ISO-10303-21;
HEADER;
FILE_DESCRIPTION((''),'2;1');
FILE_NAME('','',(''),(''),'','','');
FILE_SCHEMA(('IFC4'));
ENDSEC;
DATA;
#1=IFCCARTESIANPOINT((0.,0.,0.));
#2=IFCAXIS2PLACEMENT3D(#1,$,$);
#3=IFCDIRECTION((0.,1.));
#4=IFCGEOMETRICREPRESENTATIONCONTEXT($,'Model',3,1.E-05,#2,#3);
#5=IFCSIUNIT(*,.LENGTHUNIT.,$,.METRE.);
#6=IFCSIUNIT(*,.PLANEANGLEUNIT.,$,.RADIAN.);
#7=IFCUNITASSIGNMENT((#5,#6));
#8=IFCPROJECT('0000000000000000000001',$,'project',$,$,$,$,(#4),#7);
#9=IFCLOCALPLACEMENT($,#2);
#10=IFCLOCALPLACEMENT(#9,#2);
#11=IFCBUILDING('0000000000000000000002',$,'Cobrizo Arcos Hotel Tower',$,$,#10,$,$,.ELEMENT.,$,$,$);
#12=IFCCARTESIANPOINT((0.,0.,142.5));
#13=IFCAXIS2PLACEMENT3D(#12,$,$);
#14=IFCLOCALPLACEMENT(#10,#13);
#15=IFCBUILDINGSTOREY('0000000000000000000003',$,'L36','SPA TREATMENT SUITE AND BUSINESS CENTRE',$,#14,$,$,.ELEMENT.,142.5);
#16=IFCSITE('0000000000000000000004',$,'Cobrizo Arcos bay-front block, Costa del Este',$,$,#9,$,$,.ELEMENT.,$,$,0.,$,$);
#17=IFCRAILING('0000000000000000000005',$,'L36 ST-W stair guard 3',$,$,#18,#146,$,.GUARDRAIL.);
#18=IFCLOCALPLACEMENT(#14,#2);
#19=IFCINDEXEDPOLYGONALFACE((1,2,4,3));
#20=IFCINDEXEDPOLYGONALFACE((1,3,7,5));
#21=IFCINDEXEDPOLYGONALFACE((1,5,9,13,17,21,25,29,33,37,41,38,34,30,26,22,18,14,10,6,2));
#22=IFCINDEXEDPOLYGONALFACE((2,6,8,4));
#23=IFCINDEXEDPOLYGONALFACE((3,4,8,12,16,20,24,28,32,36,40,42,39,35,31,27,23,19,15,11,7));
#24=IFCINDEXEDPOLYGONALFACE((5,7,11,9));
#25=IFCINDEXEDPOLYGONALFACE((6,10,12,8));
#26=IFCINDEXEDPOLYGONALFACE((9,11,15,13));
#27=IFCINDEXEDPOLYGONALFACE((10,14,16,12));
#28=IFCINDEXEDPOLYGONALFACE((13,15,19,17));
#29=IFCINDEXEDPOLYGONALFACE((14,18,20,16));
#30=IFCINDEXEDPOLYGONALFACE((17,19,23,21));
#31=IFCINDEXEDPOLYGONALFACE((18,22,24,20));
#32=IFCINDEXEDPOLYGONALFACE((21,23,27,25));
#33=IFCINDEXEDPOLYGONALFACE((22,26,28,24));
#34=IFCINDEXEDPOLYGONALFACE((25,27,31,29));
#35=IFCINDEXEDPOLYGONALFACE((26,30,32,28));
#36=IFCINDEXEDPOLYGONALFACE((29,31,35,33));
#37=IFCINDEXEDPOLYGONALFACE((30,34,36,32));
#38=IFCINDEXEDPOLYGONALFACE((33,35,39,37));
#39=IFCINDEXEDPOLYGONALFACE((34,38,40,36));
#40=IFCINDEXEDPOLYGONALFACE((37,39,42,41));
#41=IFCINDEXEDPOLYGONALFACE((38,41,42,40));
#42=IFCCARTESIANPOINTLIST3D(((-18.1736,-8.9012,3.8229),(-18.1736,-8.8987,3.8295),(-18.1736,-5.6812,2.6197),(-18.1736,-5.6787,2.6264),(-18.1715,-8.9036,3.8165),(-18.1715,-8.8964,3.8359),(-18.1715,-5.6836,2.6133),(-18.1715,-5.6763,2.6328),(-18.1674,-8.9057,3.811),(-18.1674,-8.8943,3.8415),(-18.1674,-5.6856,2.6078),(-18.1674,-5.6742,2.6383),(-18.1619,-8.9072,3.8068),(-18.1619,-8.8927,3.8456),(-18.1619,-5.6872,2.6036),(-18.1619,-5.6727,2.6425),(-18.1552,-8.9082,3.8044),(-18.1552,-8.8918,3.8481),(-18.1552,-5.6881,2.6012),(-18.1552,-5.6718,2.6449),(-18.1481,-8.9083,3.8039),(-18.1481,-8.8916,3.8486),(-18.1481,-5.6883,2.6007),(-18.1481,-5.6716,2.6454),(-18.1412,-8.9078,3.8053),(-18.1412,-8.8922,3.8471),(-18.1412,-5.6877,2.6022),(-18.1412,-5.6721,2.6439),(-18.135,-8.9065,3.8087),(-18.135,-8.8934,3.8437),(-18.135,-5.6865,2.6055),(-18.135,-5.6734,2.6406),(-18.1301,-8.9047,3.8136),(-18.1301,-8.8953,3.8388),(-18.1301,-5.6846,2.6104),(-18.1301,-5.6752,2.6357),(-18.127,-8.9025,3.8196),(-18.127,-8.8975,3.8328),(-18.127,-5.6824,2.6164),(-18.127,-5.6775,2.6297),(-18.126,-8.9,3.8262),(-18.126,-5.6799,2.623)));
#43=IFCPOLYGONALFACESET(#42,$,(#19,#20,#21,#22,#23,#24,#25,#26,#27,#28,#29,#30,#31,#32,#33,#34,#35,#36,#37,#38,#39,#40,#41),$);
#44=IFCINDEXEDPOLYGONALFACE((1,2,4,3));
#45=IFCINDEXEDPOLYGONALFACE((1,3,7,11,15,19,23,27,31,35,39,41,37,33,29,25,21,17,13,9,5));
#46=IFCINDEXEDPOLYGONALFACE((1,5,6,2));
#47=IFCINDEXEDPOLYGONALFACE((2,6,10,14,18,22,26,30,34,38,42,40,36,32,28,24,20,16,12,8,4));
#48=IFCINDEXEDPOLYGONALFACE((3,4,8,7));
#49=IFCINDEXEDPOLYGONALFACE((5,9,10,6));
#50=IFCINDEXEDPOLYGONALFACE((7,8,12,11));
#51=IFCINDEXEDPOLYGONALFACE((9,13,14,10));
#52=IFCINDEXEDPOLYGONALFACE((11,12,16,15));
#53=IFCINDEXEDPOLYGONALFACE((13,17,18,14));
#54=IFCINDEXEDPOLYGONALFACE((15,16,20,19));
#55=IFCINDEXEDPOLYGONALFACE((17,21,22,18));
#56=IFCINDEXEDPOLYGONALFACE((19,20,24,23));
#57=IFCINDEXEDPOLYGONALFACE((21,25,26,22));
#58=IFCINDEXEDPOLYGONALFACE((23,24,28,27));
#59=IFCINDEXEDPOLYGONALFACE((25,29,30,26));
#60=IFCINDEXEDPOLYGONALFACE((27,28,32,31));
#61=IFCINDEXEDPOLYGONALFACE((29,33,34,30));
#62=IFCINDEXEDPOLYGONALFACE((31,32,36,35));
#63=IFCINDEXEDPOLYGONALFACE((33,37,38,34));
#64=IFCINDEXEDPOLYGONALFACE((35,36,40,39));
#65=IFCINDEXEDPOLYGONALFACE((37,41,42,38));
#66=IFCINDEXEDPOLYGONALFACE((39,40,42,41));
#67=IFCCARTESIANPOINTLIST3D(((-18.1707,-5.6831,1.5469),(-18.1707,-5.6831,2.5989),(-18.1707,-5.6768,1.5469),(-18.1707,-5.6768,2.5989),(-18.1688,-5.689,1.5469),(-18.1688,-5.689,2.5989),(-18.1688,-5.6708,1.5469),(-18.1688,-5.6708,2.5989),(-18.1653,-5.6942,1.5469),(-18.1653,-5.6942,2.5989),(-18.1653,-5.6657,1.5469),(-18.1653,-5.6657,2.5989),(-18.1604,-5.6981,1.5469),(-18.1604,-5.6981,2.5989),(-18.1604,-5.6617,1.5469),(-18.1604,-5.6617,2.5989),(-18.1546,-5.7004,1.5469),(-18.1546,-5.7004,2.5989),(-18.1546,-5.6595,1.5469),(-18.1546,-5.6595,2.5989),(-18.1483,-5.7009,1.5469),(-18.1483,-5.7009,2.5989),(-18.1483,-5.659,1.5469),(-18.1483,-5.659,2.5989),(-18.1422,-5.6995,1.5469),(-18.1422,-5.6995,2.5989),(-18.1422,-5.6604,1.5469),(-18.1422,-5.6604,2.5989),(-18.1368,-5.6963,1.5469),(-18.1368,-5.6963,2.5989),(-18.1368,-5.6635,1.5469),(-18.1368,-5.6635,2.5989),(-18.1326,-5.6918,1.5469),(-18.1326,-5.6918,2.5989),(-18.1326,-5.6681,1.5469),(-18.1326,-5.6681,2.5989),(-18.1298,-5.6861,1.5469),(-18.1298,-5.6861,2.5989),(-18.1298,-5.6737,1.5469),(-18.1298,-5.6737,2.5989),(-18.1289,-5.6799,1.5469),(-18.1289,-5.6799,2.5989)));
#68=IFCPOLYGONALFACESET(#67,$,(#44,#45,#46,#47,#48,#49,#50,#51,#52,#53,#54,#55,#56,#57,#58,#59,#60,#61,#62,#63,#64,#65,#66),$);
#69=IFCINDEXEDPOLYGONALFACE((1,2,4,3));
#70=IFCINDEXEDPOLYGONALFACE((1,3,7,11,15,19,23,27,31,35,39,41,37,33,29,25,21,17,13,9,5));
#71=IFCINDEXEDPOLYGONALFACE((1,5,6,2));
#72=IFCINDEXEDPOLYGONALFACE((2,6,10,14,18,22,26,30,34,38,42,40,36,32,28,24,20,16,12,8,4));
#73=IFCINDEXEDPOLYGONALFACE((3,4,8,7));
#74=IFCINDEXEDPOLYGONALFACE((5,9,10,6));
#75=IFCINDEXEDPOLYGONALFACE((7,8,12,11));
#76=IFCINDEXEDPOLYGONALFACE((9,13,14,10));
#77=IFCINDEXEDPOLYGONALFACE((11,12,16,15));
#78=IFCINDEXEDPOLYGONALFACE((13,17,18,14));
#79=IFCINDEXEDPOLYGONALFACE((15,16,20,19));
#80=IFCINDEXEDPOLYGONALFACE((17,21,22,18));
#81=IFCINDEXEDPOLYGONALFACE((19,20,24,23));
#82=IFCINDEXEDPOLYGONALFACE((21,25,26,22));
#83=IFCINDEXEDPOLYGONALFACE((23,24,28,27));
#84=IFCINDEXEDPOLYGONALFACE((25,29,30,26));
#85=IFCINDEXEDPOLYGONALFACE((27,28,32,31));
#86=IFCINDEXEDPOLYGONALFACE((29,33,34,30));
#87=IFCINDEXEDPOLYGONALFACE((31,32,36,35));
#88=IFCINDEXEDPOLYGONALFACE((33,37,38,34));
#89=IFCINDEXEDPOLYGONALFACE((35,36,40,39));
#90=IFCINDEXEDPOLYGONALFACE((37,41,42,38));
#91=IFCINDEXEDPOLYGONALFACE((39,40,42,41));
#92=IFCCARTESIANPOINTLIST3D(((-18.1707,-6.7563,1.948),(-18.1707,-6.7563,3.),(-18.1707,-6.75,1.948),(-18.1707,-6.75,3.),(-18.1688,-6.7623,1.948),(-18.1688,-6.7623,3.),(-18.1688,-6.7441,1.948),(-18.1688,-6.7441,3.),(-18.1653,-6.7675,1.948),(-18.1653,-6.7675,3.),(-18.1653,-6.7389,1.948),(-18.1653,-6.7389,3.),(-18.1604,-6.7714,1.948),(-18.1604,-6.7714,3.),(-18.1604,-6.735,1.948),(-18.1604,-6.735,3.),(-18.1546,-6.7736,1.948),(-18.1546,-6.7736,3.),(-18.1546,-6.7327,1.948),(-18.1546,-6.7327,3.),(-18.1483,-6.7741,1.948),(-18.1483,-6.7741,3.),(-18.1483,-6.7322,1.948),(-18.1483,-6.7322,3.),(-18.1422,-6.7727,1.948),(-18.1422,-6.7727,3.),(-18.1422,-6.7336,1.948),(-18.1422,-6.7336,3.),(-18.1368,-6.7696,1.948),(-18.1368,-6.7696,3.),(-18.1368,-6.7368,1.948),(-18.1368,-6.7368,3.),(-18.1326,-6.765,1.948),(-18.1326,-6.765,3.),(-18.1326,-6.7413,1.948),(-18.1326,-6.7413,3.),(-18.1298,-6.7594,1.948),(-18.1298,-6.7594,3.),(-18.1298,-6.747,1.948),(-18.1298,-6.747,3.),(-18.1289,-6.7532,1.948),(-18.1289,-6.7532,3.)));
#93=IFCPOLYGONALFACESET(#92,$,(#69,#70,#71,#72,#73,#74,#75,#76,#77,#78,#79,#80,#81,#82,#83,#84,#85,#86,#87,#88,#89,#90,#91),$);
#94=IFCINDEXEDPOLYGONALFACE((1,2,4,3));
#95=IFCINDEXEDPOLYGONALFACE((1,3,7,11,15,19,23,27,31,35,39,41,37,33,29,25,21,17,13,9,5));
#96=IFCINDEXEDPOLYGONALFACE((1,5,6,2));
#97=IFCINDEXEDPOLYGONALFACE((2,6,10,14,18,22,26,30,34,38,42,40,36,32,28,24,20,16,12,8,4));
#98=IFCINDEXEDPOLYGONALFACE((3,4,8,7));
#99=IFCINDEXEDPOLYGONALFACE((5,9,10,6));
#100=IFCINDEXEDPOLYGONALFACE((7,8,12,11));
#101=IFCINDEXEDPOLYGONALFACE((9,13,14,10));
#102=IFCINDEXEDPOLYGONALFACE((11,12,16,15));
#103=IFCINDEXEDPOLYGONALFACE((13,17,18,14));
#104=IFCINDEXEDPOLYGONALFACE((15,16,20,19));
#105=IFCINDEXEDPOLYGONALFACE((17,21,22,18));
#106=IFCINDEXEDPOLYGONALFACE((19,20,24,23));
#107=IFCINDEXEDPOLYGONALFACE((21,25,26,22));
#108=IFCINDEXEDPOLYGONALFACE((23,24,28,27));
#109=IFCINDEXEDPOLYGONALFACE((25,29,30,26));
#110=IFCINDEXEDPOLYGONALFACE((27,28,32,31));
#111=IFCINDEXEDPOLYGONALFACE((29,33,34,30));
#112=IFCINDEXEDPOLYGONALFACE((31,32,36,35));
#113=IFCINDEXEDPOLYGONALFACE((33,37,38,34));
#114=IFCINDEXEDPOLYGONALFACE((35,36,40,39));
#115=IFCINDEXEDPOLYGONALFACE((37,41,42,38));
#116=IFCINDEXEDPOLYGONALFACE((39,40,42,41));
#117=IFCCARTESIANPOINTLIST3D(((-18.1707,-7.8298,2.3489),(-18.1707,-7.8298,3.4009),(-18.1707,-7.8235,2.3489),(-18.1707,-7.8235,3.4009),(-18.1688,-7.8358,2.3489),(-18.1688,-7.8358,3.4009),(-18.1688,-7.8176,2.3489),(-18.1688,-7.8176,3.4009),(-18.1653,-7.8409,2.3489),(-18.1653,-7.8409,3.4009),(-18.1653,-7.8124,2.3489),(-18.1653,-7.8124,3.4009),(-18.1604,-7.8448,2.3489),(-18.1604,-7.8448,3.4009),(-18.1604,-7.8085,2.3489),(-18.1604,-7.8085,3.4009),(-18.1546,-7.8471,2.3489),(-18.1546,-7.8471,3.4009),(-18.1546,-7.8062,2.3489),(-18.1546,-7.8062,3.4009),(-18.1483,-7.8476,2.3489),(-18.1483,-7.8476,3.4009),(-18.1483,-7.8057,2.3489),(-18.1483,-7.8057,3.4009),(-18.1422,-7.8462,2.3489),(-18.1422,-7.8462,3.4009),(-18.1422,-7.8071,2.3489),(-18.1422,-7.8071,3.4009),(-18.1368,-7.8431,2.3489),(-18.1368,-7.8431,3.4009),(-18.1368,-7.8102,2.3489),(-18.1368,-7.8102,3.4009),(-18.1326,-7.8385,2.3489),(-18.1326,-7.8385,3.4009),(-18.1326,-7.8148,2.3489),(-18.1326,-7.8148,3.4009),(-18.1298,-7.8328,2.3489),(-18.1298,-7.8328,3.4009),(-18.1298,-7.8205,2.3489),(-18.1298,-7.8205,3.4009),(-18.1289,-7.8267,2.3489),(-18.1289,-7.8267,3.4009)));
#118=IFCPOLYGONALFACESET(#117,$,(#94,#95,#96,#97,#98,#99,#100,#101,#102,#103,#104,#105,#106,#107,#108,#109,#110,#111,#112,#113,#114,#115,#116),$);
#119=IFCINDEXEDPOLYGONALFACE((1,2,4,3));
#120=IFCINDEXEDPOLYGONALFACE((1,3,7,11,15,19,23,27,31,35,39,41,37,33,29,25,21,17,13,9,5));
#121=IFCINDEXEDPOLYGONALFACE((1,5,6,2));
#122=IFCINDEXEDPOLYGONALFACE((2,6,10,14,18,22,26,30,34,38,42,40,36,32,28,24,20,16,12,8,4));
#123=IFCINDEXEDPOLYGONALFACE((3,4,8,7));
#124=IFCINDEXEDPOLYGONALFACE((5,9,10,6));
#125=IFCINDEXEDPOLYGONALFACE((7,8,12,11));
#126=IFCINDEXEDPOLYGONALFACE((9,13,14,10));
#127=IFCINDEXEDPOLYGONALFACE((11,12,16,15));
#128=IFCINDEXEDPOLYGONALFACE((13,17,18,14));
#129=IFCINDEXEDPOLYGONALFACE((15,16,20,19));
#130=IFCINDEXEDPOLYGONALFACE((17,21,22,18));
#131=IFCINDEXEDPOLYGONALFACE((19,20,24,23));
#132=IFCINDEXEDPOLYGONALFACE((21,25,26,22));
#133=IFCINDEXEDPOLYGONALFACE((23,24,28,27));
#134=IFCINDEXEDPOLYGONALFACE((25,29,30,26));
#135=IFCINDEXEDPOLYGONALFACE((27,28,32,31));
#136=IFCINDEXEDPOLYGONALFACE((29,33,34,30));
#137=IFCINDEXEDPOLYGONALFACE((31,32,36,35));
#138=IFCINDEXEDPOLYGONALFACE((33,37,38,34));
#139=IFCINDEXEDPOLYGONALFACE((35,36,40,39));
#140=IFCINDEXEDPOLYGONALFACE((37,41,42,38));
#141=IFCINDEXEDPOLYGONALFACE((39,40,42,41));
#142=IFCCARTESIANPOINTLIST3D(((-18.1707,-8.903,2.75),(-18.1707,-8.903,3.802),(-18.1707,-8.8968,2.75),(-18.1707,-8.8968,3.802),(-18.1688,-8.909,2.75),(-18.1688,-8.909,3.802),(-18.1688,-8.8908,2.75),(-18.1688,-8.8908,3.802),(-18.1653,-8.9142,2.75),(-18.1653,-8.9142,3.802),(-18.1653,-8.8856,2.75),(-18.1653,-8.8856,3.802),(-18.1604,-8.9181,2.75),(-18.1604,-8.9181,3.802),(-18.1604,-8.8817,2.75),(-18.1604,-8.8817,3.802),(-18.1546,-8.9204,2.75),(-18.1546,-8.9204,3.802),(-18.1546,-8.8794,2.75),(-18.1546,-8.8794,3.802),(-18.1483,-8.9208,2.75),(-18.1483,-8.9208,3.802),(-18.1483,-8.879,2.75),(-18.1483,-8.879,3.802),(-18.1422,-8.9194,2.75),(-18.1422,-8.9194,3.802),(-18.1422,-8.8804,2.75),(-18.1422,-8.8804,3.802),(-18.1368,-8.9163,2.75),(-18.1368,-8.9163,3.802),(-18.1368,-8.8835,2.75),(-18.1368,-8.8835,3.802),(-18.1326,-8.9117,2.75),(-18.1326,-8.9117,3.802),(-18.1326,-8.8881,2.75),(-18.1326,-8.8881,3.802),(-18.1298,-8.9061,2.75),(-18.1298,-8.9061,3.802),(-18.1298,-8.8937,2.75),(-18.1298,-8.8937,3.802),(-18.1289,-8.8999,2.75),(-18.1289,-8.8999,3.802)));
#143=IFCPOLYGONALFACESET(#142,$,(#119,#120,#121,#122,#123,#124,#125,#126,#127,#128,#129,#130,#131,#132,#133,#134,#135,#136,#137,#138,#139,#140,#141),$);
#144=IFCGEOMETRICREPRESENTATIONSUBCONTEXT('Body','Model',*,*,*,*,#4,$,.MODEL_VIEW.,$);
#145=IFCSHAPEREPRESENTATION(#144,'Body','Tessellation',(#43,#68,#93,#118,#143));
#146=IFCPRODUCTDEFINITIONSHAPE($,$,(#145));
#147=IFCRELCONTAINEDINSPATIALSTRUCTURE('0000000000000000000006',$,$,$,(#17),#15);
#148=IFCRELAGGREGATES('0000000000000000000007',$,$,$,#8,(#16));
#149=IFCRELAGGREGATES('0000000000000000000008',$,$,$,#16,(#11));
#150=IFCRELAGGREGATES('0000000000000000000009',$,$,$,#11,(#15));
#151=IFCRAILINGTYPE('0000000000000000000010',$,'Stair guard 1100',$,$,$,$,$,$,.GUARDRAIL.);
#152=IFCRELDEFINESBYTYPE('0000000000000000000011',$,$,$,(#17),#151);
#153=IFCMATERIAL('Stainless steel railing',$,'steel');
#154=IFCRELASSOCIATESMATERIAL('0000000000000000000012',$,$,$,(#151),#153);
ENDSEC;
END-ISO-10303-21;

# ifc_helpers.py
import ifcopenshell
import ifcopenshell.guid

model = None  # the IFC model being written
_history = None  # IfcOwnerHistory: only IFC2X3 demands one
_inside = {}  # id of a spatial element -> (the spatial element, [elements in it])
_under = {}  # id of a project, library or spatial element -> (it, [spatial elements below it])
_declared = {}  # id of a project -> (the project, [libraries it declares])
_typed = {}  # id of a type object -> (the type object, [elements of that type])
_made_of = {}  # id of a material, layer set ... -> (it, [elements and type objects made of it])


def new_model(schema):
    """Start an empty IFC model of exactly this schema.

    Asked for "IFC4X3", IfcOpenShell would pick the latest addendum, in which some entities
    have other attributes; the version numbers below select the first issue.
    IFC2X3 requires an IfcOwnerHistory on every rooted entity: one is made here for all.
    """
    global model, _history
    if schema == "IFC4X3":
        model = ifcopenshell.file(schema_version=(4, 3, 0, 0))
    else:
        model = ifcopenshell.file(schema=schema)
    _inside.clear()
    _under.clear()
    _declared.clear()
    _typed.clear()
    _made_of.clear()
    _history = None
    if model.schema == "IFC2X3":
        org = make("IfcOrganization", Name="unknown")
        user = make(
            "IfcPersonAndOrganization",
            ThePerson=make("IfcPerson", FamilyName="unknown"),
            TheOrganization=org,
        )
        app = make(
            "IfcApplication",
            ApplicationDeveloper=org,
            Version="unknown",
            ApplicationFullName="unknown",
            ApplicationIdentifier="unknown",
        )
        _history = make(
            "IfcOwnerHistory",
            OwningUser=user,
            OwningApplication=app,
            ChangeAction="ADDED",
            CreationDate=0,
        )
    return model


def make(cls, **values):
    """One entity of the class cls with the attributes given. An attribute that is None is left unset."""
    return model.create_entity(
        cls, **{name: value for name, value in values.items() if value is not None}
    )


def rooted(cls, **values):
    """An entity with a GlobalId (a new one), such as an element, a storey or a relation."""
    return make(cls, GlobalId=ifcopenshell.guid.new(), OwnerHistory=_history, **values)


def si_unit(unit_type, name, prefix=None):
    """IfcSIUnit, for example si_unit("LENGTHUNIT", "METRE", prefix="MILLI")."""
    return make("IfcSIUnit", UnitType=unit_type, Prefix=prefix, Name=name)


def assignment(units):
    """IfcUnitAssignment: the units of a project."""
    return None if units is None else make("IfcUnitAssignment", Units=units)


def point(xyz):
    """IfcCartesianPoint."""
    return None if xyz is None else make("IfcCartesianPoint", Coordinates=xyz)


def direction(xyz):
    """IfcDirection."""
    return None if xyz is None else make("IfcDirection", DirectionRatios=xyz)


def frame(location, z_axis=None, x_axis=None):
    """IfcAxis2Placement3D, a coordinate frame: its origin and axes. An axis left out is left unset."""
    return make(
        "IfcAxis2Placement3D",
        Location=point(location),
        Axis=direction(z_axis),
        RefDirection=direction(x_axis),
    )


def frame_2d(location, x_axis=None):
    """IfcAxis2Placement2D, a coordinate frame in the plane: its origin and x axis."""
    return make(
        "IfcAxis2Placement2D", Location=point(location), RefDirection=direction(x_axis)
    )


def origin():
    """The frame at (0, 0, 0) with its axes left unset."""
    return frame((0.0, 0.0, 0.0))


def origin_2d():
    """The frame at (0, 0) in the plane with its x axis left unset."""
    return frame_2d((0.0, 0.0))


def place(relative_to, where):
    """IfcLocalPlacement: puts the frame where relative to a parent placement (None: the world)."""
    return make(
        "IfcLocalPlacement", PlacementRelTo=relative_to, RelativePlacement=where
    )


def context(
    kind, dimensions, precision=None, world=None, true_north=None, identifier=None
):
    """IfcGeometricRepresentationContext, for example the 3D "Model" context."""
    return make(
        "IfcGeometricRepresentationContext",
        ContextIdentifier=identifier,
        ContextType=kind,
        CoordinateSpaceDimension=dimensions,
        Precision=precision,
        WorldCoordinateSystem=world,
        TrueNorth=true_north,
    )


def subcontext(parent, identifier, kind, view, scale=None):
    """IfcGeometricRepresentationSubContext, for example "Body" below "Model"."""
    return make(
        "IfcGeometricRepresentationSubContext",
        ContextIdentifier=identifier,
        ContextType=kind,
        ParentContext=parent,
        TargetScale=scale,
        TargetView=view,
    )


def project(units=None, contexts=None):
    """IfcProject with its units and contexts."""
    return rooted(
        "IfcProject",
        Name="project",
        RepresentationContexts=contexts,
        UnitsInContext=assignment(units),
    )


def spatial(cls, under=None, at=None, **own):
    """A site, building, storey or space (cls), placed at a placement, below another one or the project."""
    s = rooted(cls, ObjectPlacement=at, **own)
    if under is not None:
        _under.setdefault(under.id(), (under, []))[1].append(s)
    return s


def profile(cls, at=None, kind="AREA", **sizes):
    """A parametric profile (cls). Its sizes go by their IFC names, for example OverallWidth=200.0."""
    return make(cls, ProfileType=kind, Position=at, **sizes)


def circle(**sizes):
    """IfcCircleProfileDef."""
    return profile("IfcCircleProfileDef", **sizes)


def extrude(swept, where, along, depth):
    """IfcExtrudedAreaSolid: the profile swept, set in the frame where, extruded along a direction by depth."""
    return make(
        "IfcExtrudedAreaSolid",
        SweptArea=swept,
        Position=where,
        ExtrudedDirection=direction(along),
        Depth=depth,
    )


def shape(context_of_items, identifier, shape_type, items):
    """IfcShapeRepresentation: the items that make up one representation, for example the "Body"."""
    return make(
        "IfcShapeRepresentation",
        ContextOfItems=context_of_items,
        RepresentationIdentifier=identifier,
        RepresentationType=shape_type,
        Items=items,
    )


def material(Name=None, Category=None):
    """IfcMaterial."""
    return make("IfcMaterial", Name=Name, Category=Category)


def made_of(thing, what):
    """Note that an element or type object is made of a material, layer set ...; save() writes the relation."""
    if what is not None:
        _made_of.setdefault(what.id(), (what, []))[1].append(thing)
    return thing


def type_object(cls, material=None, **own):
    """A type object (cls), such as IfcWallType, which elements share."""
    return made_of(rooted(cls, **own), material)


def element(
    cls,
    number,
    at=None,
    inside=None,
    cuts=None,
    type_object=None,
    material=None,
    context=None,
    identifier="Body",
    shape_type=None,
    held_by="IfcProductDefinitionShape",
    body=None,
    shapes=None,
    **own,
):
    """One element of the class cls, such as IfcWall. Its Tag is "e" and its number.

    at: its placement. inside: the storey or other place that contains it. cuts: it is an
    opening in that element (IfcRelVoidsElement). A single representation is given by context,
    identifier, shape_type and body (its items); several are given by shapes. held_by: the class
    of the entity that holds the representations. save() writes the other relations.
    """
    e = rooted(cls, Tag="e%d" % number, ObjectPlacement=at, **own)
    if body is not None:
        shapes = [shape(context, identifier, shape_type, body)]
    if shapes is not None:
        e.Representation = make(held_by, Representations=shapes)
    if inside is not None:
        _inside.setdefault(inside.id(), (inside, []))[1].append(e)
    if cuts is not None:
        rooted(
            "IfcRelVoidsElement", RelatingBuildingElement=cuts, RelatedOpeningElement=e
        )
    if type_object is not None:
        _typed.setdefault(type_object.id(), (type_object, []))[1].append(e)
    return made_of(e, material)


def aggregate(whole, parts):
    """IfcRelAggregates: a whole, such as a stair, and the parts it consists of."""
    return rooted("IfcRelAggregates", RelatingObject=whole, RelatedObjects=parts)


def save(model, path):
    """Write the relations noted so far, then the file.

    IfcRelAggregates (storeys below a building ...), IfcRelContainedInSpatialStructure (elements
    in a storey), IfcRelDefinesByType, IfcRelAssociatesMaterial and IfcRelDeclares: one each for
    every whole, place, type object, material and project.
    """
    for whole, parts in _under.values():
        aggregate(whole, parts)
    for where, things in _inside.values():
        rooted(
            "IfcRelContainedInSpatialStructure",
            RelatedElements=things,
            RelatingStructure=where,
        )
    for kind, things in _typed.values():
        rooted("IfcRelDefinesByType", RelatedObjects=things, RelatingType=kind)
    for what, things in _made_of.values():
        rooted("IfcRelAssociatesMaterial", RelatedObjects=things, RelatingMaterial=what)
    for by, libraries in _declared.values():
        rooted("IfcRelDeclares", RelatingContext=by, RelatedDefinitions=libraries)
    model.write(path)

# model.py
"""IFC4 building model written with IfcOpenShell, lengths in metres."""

from ifc_helpers import new_model, si_unit, direction, frame, origin, origin_2d, place, context, subcontext, project, spatial, circle, extrude, material, type_object, element, save


model = new_model("IFC4")

# Units and contexts
model_context = context("Model", 3, precision=1e-05, world=origin(), true_north=direction((0.0, 1.0)))
body_context = subcontext(model_context, "Body", "Model", "MODEL_VIEW")
ifc_project = project(units=[si_unit("LENGTHUNIT", "METRE"), si_unit("PLANEANGLEUNIT", "RADIAN")], contexts=[model_context])

# Site, building, storey
site_placement = place(None, origin())
site = spatial("IfcSite", under=ifc_project, at=site_placement, Name="Cobrizo Arcos bay-front block, Costa del Este", CompositionType="ELEMENT", RefElevation=0.0)
building_placement = place(site_placement, origin())
building = spatial("IfcBuilding", under=site, at=building_placement, Name="Cobrizo Arcos Hotel Tower", CompositionType="ELEMENT")
storey_placement = place(building_placement, frame((0.0, 0.0, 142.5)))
storey = spatial("IfcBuildingStorey", under=building, at=storey_placement, Name="L36", Description="SPA TREATMENT SUITE AND BUSINESS CENTRE", CompositionType="ELEMENT", Elevation=142.5)

# Railing
ifc_material_1 = material(Name="Stainless steel railing", Category="steel")
railing_type_1 = type_object("IfcRailingType", Name="Stair guard 1100", PredefinedType="GUARDRAIL", material=ifc_material_1)
railing_1_placement = place(storey_placement, frame((-18.1499, -5.6799, 1.5469)))
element("IfcRailing", 1, at=railing_1_placement, inside=storey, type_object=railing_type_1, Name="L36 ST-W stair guard 3", PredefinedType="GUARDRAIL", context=body_context, shape_type="SweptSolid", body=[
    extrude(circle(Radius=0.0239, at=origin_2d()), frame((0.0, 0.0, 1.0762), z_axis=(0.0, -0.936746, 0.35001), x_axis=(1.0, 0.0, 0.0)), (0.0, 0.0, 1.0), 3.4375),
    extrude(circle(Radius=0.021, at=origin_2d()), origin(), (0.0, 0.0, 1.0), 1.052),
    extrude(circle(Radius=0.021, at=origin_2d()), frame((0.0, -1.0732, 0.4011)), (0.0, 0.0, 1.0), 1.052),
    extrude(circle(Radius=0.021, at=origin_2d()), frame((0.0, -2.1467, 0.802)), (0.0, 0.0, 1.0), 1.052),
    extrude(circle(Radius=0.021, at=origin_2d()), frame((0.0, -3.22, 1.2031)), (0.0, 0.0, 1.0), 1.052),
])

save(model, "model.ifc")
